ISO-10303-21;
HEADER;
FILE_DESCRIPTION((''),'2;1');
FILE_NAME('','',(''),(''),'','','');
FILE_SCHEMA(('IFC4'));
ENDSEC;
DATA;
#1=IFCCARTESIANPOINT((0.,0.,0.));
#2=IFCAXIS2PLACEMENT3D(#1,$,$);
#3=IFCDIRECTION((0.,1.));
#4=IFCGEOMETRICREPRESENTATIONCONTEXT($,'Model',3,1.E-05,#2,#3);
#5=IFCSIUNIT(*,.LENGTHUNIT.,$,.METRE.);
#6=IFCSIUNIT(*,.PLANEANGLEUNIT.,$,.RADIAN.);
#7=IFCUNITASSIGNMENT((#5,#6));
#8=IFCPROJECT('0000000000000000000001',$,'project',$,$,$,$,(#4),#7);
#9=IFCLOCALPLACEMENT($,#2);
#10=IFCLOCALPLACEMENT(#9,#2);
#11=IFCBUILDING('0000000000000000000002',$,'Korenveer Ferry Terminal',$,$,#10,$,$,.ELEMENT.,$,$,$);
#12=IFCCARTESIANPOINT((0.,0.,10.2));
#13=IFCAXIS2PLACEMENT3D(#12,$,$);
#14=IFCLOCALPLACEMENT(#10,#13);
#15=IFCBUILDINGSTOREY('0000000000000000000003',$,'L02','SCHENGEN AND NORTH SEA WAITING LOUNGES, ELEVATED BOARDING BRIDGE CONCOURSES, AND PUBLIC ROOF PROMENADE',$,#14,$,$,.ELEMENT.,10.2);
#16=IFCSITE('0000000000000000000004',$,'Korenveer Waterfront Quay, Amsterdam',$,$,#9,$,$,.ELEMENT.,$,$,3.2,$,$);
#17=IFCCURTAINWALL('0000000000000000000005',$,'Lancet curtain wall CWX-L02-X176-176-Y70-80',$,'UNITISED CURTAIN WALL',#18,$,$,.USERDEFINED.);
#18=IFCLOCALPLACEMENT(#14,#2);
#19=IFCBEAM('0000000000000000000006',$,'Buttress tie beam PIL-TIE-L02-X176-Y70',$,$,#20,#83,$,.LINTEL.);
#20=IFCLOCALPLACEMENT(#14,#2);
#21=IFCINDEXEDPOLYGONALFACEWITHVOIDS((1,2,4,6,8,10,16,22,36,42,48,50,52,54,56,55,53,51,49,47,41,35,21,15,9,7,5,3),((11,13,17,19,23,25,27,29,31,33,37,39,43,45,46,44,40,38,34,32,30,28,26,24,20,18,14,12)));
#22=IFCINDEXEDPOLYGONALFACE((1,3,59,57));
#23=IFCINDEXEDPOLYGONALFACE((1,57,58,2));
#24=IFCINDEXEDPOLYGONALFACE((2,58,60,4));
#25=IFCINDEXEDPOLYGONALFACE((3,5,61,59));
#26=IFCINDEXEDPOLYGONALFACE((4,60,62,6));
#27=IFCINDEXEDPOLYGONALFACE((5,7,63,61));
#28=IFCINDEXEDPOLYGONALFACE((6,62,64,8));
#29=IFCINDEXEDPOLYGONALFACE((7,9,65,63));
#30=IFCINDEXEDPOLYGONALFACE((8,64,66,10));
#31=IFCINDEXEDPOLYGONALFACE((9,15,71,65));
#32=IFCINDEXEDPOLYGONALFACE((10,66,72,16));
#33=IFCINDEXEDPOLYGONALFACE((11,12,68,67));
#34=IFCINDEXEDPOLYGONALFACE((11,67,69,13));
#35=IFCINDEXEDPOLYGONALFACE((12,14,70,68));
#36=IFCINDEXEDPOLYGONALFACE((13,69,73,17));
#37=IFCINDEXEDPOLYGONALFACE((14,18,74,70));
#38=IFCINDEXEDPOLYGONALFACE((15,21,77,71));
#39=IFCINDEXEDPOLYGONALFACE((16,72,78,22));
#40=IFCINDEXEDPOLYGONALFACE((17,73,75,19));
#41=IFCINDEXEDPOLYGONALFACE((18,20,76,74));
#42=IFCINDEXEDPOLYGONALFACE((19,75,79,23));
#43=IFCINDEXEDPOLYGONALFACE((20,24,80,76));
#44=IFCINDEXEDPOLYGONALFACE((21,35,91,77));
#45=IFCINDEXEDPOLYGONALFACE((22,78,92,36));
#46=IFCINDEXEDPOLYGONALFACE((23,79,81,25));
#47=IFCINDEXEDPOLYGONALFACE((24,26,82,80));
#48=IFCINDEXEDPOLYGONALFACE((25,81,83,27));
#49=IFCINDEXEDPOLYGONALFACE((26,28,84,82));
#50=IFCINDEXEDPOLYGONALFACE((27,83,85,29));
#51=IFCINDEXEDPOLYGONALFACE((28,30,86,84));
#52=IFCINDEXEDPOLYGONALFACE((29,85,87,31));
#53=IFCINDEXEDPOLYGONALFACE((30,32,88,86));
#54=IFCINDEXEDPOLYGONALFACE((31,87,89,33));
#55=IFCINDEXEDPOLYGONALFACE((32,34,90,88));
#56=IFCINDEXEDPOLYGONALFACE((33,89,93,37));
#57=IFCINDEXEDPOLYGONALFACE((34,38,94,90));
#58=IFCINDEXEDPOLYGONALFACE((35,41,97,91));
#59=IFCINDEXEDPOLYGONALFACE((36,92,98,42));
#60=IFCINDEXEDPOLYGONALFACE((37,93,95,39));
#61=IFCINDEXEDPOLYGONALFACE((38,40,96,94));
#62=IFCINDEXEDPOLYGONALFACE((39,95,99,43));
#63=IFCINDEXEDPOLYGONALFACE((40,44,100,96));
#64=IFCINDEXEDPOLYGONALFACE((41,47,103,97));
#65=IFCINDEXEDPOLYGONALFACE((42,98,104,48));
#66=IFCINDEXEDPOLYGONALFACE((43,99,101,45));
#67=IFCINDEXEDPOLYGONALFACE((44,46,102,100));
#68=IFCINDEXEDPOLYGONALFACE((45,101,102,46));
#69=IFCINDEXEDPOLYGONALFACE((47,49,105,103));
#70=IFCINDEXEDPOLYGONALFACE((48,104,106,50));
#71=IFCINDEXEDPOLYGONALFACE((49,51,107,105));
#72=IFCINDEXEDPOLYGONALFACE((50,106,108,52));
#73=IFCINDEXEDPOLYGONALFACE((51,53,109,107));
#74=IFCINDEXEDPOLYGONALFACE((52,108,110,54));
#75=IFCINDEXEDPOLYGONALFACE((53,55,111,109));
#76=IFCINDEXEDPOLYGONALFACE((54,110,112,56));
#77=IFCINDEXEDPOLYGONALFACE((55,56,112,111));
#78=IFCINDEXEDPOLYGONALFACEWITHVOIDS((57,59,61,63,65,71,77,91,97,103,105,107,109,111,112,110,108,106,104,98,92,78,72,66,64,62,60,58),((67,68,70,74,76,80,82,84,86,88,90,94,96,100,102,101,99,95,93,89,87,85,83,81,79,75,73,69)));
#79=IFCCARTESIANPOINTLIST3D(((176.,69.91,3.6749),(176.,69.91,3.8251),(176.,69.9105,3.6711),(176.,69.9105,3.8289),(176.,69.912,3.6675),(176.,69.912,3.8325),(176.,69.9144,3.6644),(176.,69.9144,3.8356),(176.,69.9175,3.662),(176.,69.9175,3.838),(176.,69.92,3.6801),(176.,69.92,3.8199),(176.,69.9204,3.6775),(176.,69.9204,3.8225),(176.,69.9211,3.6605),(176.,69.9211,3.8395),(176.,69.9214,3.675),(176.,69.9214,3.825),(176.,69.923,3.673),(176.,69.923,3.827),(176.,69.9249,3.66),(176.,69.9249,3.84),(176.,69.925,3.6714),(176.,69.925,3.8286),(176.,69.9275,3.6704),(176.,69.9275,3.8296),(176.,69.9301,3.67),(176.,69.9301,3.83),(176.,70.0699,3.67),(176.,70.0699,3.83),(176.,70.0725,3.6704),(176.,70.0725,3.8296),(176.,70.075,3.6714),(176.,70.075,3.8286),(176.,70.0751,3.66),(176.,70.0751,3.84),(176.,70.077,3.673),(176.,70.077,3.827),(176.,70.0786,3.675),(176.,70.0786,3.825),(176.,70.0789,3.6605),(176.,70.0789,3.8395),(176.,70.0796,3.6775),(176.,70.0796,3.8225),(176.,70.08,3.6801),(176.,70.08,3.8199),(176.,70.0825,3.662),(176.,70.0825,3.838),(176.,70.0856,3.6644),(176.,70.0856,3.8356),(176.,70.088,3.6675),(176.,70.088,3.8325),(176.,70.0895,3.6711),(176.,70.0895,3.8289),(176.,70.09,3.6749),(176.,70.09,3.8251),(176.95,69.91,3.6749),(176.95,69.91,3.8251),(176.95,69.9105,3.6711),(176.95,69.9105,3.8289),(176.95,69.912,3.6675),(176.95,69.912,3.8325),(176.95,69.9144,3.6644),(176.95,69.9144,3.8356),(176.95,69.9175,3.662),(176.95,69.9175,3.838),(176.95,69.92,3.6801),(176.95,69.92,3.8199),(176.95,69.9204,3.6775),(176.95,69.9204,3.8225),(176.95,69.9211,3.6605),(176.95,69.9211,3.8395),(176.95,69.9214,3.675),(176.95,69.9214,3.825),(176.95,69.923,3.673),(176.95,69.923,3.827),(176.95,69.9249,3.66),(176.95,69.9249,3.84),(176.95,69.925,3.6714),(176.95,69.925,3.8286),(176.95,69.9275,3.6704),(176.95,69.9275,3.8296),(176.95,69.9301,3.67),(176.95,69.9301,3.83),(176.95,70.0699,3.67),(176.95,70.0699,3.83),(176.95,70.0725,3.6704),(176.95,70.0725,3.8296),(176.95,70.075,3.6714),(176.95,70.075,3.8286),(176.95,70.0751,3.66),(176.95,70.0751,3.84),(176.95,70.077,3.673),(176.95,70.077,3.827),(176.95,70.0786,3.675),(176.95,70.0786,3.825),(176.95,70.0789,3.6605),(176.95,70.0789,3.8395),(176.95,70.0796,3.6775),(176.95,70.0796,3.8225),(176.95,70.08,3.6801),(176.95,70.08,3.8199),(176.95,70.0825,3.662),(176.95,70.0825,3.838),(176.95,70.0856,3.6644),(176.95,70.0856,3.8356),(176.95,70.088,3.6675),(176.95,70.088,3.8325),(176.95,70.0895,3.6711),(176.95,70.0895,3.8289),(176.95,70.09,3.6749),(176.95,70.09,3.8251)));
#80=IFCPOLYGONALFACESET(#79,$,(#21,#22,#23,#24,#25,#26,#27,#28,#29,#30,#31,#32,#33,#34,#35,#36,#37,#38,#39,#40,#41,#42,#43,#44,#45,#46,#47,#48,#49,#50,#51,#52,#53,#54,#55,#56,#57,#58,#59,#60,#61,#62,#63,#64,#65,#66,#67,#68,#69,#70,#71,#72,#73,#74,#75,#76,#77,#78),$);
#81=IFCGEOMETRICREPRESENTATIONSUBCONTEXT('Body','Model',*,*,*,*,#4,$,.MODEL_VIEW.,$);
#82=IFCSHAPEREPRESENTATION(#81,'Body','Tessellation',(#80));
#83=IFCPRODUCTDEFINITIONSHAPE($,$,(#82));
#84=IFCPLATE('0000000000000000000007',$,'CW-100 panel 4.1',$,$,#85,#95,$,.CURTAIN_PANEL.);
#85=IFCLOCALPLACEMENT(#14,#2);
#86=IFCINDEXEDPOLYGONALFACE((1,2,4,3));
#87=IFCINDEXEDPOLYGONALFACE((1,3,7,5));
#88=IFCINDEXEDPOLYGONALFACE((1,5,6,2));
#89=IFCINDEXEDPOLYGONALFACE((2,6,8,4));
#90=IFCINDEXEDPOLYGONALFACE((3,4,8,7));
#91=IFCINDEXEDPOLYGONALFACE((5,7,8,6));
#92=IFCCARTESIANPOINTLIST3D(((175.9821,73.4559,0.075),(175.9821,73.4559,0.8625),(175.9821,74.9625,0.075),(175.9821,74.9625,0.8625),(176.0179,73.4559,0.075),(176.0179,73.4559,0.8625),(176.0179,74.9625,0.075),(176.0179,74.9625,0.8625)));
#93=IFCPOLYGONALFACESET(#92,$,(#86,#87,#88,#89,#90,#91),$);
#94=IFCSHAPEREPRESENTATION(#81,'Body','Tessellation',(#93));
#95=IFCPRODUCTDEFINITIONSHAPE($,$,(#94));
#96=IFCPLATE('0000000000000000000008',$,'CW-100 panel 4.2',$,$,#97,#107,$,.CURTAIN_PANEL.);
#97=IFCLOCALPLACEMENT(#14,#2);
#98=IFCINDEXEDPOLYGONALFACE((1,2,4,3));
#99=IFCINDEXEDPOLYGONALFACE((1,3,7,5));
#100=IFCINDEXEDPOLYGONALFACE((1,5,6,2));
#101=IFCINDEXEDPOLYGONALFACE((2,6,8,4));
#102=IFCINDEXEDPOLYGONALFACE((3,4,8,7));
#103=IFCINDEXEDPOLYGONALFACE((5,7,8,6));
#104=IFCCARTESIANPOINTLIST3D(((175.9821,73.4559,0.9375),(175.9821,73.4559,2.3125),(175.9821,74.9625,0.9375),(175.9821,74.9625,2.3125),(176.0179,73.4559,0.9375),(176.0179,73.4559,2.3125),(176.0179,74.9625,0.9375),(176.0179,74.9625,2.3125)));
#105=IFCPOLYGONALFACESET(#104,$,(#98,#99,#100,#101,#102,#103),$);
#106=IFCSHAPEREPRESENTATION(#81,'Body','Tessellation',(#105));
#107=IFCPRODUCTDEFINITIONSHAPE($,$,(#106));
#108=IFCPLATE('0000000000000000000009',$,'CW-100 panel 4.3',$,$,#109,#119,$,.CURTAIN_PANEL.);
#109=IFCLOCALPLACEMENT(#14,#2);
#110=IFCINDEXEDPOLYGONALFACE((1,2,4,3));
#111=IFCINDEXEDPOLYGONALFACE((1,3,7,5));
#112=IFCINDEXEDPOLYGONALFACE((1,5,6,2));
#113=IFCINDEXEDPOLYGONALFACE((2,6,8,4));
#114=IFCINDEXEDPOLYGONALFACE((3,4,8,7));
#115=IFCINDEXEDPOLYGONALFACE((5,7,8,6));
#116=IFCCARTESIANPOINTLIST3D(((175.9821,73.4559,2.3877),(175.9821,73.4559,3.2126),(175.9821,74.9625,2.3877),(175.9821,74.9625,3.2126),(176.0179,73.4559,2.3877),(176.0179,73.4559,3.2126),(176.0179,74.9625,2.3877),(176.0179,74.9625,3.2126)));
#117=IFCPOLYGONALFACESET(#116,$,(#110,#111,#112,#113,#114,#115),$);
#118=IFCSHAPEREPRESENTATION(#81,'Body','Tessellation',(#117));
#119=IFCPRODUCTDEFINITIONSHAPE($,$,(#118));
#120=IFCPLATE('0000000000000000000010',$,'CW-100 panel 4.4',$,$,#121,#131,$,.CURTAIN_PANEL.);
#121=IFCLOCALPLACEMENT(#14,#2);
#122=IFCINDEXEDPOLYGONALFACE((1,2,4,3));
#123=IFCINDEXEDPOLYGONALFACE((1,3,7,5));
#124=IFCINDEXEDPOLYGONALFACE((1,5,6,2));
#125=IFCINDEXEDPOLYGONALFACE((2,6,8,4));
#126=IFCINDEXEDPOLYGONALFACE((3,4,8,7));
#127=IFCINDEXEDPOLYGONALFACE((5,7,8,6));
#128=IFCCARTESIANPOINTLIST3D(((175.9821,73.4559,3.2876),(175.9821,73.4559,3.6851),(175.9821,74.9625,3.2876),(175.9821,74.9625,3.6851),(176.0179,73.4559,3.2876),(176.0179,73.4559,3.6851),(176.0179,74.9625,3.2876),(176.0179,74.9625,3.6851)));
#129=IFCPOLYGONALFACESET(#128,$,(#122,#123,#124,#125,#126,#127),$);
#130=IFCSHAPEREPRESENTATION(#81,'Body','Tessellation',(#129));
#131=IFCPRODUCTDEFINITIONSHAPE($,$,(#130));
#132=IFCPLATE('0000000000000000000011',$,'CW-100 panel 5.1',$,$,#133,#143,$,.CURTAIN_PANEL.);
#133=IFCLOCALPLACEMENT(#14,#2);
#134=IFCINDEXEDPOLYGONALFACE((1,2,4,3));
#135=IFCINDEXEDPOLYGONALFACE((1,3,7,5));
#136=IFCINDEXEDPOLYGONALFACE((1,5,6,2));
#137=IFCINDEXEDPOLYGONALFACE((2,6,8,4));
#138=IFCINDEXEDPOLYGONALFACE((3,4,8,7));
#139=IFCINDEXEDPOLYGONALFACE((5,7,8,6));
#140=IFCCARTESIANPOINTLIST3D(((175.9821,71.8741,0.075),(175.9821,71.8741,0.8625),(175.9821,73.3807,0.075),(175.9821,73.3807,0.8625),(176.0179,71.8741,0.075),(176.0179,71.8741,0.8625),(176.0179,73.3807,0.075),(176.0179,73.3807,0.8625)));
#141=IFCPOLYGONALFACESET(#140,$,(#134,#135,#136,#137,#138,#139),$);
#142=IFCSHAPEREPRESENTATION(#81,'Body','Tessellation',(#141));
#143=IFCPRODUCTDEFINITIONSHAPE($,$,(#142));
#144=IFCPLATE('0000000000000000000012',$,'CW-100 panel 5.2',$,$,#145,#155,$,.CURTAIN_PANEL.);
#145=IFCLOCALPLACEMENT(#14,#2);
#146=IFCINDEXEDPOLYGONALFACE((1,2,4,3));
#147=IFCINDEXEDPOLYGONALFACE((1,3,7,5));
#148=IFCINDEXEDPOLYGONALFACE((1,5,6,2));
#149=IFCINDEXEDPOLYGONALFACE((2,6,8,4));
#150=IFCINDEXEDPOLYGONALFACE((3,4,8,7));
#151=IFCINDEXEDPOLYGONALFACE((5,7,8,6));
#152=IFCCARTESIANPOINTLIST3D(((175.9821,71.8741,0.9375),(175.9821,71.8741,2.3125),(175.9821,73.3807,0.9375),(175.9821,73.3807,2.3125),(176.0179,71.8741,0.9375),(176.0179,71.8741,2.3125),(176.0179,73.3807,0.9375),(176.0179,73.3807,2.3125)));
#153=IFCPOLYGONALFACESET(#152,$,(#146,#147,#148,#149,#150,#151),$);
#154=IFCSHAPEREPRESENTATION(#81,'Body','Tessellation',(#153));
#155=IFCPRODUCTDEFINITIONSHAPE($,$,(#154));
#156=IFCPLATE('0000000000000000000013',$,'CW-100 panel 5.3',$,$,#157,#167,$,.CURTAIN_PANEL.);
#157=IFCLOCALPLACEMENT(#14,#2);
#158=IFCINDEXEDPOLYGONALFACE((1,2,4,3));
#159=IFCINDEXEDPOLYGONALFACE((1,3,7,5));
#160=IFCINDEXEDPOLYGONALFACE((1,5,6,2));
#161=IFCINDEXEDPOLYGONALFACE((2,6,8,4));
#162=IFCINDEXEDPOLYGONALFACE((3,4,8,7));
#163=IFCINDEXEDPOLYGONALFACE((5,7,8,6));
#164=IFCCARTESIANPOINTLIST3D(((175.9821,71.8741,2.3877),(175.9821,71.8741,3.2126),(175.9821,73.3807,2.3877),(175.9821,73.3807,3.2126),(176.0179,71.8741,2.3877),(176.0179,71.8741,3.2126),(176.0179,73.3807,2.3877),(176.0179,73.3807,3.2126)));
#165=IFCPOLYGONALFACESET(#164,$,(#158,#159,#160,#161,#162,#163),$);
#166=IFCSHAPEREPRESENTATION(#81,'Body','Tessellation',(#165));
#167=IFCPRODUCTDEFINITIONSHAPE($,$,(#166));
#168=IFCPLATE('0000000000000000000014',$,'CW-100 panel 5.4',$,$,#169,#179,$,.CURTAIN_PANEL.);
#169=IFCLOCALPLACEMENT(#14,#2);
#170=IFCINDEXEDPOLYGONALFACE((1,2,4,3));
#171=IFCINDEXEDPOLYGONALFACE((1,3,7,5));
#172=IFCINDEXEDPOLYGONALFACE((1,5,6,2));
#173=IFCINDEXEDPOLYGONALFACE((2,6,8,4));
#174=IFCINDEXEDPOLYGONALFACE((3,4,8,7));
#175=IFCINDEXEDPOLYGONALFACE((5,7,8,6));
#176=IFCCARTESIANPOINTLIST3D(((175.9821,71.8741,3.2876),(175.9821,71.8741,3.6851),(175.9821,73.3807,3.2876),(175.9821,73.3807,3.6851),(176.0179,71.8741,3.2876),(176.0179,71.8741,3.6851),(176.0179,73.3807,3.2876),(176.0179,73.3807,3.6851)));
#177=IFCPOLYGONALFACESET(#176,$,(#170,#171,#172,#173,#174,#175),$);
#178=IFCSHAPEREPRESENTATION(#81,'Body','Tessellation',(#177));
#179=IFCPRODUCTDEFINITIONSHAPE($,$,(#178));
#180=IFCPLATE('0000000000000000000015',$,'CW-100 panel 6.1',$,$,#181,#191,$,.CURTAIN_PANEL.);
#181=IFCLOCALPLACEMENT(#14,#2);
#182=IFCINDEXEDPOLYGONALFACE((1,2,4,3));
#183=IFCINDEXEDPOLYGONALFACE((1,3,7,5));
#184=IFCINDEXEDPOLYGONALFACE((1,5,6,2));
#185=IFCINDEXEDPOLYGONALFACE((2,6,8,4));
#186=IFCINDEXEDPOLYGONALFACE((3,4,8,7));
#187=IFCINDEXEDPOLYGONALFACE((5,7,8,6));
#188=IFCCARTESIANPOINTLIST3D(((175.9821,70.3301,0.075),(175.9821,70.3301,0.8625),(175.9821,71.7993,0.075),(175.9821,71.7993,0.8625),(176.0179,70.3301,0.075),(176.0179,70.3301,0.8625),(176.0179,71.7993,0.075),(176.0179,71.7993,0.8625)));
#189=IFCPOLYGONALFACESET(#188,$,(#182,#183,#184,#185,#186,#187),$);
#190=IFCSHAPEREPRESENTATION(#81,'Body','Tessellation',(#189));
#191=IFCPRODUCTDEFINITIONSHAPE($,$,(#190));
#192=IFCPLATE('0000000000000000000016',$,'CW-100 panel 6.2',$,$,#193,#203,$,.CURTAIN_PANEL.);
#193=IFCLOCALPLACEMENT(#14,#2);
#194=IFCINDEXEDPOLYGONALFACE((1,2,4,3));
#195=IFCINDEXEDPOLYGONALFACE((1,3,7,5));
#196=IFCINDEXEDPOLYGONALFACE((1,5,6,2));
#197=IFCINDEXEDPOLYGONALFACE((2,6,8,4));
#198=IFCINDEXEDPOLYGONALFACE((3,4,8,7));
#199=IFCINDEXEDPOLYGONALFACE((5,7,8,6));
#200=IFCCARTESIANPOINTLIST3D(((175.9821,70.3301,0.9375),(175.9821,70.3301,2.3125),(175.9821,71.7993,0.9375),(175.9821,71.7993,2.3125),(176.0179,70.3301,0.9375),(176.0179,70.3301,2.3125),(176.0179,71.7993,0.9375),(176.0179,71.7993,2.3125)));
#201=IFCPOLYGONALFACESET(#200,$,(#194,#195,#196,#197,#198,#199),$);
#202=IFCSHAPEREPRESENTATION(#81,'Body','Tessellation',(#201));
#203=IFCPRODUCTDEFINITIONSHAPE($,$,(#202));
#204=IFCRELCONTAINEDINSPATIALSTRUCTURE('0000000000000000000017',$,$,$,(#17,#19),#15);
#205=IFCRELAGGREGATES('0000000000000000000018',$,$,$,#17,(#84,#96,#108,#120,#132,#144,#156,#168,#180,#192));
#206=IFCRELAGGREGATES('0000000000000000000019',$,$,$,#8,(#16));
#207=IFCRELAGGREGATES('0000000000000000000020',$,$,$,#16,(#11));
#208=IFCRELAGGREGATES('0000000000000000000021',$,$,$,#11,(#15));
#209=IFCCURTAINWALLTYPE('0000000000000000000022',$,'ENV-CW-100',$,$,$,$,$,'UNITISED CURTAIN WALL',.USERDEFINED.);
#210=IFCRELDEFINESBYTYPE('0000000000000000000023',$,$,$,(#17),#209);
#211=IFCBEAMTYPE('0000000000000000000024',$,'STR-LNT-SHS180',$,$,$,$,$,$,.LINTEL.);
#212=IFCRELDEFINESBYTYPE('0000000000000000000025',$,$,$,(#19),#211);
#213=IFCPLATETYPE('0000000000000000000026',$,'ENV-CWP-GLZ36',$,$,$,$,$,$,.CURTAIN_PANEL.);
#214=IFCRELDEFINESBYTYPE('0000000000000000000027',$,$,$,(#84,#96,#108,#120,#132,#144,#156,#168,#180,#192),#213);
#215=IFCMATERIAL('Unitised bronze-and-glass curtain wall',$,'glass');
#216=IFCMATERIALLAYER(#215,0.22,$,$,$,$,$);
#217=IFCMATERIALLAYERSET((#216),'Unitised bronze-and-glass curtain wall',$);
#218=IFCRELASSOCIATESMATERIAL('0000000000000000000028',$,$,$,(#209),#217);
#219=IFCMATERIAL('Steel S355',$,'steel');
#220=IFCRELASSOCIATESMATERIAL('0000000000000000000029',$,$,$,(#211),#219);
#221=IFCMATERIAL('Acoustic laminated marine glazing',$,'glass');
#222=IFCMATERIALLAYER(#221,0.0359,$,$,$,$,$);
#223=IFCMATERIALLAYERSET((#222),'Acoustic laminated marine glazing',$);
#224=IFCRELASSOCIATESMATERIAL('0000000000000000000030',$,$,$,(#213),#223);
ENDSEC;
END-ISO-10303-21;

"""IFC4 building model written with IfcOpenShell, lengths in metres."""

from ifc_helpers import new_model, si_unit, direction, frame, origin, origin_2d, place, context, subcontext, project, spatial, rectangle, hollow_rectangle, extrude, material, layer, layer_set, material_profile, profile_set, type_object, element, aggregate, save


model = new_model("IFC4")

# Units and contexts
model_context = context("Model", 3, precision=1e-05, world=origin(), true_north=direction((0.0, 1.0)))
body_context = subcontext(model_context, "Body", "Model", "MODEL_VIEW")
ifc_project = project(units=[si_unit("LENGTHUNIT", "METRE"), si_unit("PLANEANGLEUNIT", "RADIAN")], contexts=[model_context])

# Site, building, storey
site_placement = place(None, origin())
site = spatial("IfcSite", under=ifc_project, at=site_placement, Name="Korenveer Waterfront Quay, Amsterdam", CompositionType="ELEMENT", RefElevation=3.2)
building_placement = place(site_placement, origin())
building = spatial("IfcBuilding", under=site, at=building_placement, Name="Korenveer Ferry Terminal", CompositionType="ELEMENT")
storey_placement = place(building_placement, frame((0.0, 0.0, 10.2)))
storey = spatial("IfcBuildingStorey", under=building, at=storey_placement, Name="L02", Description="SCHENGEN AND NORTH SEA WAITING LOUNGES, ELEVATED BOARDING BRIDGE CONCOURSES, AND PUBLIC ROOF PROMENADE", CompositionType="ELEMENT", Elevation=10.2)

# Shared definitions
ifc_material_1 = material(Name="Steel S355", Category="steel")

# Shared definitions
ifc_material_2 = material(Name="Unitised bronze-and-glass curtain wall", Category="glass")

# Curtain wall
ifc_layer_1 = layer(ifc_material_2, 0.22)
ifc_layer_set_1 = layer_set([ifc_layer_1], Name="Unitised bronze-and-glass curtain wall")
curtain_wall_type_1 = type_object("IfcCurtainWallType", Name="ENV-CW-100", ElementType="UNITISED CURTAIN WALL", PredefinedType="USERDEFINED", material=ifc_layer_set_1)
curtain_wall_1_placement = place(storey_placement, frame((176.0, 79.7451, 0.0)))
curtain_wall_1 = element("IfcCurtainWall", 1, at=curtain_wall_1_placement, inside=storey, type_object=curtain_wall_type_1, Name="Lancet curtain wall CWX-L02-X176-176-Y70-80", ObjectType="UNITISED CURTAIN WALL", PredefinedType="USERDEFINED")

# Beam
ifc_material_profile_1 = material_profile(ifc_material_1, hollow_rectangle(XDim=0.1799, YDim=0.1799, WallThickness=0.01, InnerFilletRadius=0.01, OuterFilletRadius=0.0149, at=origin_2d()), Name="SHS 180x180x10")
ifc_profile_set_1 = profile_set([ifc_material_profile_1], Name="Steel S355")
beam_type = type_object("IfcBeamType", Name="STR-LNT-SHS180", PredefinedType="LINTEL", material=ifc_profile_set_1)
beam_placement = place(storey_placement, frame((176.0, 70.0, 3.75), z_axis=(1.0, 0.0, 0.0), x_axis=(0.0, 1.0, 0.0)))
element("IfcBeam", 2, at=beam_placement, inside=storey, type_object=beam_type, Name="Buttress tie beam PIL-TIE-L02-X176-Y70", PredefinedType="LINTEL", context=body_context, shape_type="SweptSolid", body=[
    extrude(hollow_rectangle(XDim=0.1799, YDim=0.1799, WallThickness=0.01, InnerFilletRadius=0.01, OuterFilletRadius=0.0149, at=origin_2d()), origin(), (0.0, 0.0, 1.0), 0.95),
])

# Plates
ifc_material_3 = material(Name="Acoustic laminated marine glazing", Category="glass")
ifc_layer_2 = layer(ifc_material_3, 0.0359)
ifc_layer_set_2 = layer_set([ifc_layer_2], Name="Acoustic laminated marine glazing")
plate_type_1 = type_object("IfcPlateType", Name="ENV-CWP-GLZ36", PredefinedType="CURTAIN_PANEL", material=ifc_layer_set_2)
plate_1_placement = place(storey_placement, frame((176.0, 74.2092, 0.075), z_axis=(0.0, 0.0, 1.0), x_axis=(0.0, -1.0, 0.0)))
plate_1 = element("IfcPlate", 3, at=plate_1_placement, type_object=plate_type_1, Name="CW-100 panel 4.1", PredefinedType="CURTAIN_PANEL", context=body_context, shape_type="SweptSolid", body=[
    extrude(rectangle(XDim=1.5066, YDim=0.0359, at=origin_2d()), origin(), (0.0, 0.0, 1.0), 0.7876),
])
plate_2_placement = place(storey_placement, frame((176.0, 74.2092, 0.9375), z_axis=(0.0, 0.0, 1.0), x_axis=(0.0, -1.0, 0.0)))
plate_2 = element("IfcPlate", 4, at=plate_2_placement, type_object=plate_type_1, Name="CW-100 panel 4.2", PredefinedType="CURTAIN_PANEL", context=body_context, shape_type="SweptSolid", body=[
    extrude(rectangle(XDim=1.5066, YDim=0.0359, at=origin_2d()), origin(), (0.0, 0.0, 1.0), 1.375),
])
plate_3_placement = place(storey_placement, frame((176.0, 74.2092, 2.3877), z_axis=(0.0, 0.0, 1.0), x_axis=(0.0, -1.0, 0.0)))
plate_3 = element("IfcPlate", 5, at=plate_3_placement, type_object=plate_type_1, Name="CW-100 panel 4.3", PredefinedType="CURTAIN_PANEL", context=body_context, shape_type="SweptSolid", body=[
    extrude(rectangle(XDim=1.5066, YDim=0.0359, at=origin_2d()), origin(), (0.0, 0.0, 1.0), 0.825),
])
plate_4_placement = place(storey_placement, frame((176.0, 74.2092, 3.2876), z_axis=(0.0, 0.0, 1.0), x_axis=(0.0, -1.0, 0.0)))
plate_4 = element("IfcPlate", 6, at=plate_4_placement, type_object=plate_type_1, Name="CW-100 panel 4.4", PredefinedType="CURTAIN_PANEL", context=body_context, shape_type="SweptSolid", body=[
    extrude(rectangle(XDim=1.5066, YDim=0.0359, at=origin_2d()), origin(), (0.0, 0.0, 1.0), 0.3975),
])
plate_5_placement = place(storey_placement, frame((176.0, 72.6274, 0.075), z_axis=(0.0, 0.0, 1.0), x_axis=(0.0, -1.0, 0.0)))
plate_5 = element("IfcPlate", 7, at=plate_5_placement, type_object=plate_type_1, Name="CW-100 panel 5.1", PredefinedType="CURTAIN_PANEL", context=body_context, shape_type="SweptSolid", body=[
    extrude(rectangle(XDim=1.5066, YDim=0.0359, at=origin_2d()), origin(), (0.0, 0.0, 1.0), 0.7876),
])
plate_6_placement = place(storey_placement, frame((176.0, 72.6274, 0.9375), z_axis=(0.0, 0.0, 1.0), x_axis=(0.0, -1.0, 0.0)))
plate_6 = element("IfcPlate", 8, at=plate_6_placement, type_object=plate_type_1, Name="CW-100 panel 5.2", PredefinedType="CURTAIN_PANEL", context=body_context, shape_type="SweptSolid", body=[
    extrude(rectangle(XDim=1.5066, YDim=0.0359, at=origin_2d()), origin(), (0.0, 0.0, 1.0), 1.375),
])
plate_7_placement = place(storey_placement, frame((176.0, 72.6274, 2.3877), z_axis=(0.0, 0.0, 1.0), x_axis=(0.0, -1.0, 0.0)))
plate_7 = element("IfcPlate", 9, at=plate_7_placement, type_object=plate_type_1, Name="CW-100 panel 5.3", PredefinedType="CURTAIN_PANEL", context=body_context, shape_type="SweptSolid", body=[
    extrude(rectangle(XDim=1.5066, YDim=0.0359, at=origin_2d()), origin(), (0.0, 0.0, 1.0), 0.825),
])
plate_8_placement = place(storey_placement, frame((176.0, 72.6274, 3.2876), z_axis=(0.0, 0.0, 1.0), x_axis=(0.0, -1.0, 0.0)))
plate_8 = element("IfcPlate", 10, at=plate_8_placement, type_object=plate_type_1, Name="CW-100 panel 5.4", PredefinedType="CURTAIN_PANEL", context=body_context, shape_type="SweptSolid", body=[
    extrude(rectangle(XDim=1.5066, YDim=0.0359, at=origin_2d()), origin(), (0.0, 0.0, 1.0), 0.3975),
])
plate_9_placement = place(storey_placement, frame((176.0, 71.0647, 0.075), z_axis=(0.0, 0.0, 1.0), x_axis=(0.0, -1.0, 0.0)))
plate_9 = element("IfcPlate", 11, at=plate_9_placement, type_object=plate_type_1, Name="CW-100 panel 6.1", PredefinedType="CURTAIN_PANEL", context=body_context, shape_type="SweptSolid", body=[
    extrude(rectangle(XDim=1.4692, YDim=0.0359, at=origin_2d()), origin(), (0.0, 0.0, 1.0), 0.7876),
])
plate_10_placement = place(storey_placement, frame((176.0, 71.0647, 0.9375), z_axis=(0.0, 0.0, 1.0), x_axis=(0.0, -1.0, 0.0)))
plate_10 = element("IfcPlate", 12, at=plate_10_placement, type_object=plate_type_1, Name="CW-100 panel 6.2", PredefinedType="CURTAIN_PANEL", context=body_context, shape_type="SweptSolid", body=[
    extrude(rectangle(XDim=1.4692, YDim=0.0359, at=origin_2d()), origin(), (0.0, 0.0, 1.0), 1.375),
])
aggregate(curtain_wall_1, [plate_1, plate_2, plate_3, plate_4, plate_5, plate_6, plate_7, plate_8, plate_9, plate_10])

save(model, "model.ifc")
